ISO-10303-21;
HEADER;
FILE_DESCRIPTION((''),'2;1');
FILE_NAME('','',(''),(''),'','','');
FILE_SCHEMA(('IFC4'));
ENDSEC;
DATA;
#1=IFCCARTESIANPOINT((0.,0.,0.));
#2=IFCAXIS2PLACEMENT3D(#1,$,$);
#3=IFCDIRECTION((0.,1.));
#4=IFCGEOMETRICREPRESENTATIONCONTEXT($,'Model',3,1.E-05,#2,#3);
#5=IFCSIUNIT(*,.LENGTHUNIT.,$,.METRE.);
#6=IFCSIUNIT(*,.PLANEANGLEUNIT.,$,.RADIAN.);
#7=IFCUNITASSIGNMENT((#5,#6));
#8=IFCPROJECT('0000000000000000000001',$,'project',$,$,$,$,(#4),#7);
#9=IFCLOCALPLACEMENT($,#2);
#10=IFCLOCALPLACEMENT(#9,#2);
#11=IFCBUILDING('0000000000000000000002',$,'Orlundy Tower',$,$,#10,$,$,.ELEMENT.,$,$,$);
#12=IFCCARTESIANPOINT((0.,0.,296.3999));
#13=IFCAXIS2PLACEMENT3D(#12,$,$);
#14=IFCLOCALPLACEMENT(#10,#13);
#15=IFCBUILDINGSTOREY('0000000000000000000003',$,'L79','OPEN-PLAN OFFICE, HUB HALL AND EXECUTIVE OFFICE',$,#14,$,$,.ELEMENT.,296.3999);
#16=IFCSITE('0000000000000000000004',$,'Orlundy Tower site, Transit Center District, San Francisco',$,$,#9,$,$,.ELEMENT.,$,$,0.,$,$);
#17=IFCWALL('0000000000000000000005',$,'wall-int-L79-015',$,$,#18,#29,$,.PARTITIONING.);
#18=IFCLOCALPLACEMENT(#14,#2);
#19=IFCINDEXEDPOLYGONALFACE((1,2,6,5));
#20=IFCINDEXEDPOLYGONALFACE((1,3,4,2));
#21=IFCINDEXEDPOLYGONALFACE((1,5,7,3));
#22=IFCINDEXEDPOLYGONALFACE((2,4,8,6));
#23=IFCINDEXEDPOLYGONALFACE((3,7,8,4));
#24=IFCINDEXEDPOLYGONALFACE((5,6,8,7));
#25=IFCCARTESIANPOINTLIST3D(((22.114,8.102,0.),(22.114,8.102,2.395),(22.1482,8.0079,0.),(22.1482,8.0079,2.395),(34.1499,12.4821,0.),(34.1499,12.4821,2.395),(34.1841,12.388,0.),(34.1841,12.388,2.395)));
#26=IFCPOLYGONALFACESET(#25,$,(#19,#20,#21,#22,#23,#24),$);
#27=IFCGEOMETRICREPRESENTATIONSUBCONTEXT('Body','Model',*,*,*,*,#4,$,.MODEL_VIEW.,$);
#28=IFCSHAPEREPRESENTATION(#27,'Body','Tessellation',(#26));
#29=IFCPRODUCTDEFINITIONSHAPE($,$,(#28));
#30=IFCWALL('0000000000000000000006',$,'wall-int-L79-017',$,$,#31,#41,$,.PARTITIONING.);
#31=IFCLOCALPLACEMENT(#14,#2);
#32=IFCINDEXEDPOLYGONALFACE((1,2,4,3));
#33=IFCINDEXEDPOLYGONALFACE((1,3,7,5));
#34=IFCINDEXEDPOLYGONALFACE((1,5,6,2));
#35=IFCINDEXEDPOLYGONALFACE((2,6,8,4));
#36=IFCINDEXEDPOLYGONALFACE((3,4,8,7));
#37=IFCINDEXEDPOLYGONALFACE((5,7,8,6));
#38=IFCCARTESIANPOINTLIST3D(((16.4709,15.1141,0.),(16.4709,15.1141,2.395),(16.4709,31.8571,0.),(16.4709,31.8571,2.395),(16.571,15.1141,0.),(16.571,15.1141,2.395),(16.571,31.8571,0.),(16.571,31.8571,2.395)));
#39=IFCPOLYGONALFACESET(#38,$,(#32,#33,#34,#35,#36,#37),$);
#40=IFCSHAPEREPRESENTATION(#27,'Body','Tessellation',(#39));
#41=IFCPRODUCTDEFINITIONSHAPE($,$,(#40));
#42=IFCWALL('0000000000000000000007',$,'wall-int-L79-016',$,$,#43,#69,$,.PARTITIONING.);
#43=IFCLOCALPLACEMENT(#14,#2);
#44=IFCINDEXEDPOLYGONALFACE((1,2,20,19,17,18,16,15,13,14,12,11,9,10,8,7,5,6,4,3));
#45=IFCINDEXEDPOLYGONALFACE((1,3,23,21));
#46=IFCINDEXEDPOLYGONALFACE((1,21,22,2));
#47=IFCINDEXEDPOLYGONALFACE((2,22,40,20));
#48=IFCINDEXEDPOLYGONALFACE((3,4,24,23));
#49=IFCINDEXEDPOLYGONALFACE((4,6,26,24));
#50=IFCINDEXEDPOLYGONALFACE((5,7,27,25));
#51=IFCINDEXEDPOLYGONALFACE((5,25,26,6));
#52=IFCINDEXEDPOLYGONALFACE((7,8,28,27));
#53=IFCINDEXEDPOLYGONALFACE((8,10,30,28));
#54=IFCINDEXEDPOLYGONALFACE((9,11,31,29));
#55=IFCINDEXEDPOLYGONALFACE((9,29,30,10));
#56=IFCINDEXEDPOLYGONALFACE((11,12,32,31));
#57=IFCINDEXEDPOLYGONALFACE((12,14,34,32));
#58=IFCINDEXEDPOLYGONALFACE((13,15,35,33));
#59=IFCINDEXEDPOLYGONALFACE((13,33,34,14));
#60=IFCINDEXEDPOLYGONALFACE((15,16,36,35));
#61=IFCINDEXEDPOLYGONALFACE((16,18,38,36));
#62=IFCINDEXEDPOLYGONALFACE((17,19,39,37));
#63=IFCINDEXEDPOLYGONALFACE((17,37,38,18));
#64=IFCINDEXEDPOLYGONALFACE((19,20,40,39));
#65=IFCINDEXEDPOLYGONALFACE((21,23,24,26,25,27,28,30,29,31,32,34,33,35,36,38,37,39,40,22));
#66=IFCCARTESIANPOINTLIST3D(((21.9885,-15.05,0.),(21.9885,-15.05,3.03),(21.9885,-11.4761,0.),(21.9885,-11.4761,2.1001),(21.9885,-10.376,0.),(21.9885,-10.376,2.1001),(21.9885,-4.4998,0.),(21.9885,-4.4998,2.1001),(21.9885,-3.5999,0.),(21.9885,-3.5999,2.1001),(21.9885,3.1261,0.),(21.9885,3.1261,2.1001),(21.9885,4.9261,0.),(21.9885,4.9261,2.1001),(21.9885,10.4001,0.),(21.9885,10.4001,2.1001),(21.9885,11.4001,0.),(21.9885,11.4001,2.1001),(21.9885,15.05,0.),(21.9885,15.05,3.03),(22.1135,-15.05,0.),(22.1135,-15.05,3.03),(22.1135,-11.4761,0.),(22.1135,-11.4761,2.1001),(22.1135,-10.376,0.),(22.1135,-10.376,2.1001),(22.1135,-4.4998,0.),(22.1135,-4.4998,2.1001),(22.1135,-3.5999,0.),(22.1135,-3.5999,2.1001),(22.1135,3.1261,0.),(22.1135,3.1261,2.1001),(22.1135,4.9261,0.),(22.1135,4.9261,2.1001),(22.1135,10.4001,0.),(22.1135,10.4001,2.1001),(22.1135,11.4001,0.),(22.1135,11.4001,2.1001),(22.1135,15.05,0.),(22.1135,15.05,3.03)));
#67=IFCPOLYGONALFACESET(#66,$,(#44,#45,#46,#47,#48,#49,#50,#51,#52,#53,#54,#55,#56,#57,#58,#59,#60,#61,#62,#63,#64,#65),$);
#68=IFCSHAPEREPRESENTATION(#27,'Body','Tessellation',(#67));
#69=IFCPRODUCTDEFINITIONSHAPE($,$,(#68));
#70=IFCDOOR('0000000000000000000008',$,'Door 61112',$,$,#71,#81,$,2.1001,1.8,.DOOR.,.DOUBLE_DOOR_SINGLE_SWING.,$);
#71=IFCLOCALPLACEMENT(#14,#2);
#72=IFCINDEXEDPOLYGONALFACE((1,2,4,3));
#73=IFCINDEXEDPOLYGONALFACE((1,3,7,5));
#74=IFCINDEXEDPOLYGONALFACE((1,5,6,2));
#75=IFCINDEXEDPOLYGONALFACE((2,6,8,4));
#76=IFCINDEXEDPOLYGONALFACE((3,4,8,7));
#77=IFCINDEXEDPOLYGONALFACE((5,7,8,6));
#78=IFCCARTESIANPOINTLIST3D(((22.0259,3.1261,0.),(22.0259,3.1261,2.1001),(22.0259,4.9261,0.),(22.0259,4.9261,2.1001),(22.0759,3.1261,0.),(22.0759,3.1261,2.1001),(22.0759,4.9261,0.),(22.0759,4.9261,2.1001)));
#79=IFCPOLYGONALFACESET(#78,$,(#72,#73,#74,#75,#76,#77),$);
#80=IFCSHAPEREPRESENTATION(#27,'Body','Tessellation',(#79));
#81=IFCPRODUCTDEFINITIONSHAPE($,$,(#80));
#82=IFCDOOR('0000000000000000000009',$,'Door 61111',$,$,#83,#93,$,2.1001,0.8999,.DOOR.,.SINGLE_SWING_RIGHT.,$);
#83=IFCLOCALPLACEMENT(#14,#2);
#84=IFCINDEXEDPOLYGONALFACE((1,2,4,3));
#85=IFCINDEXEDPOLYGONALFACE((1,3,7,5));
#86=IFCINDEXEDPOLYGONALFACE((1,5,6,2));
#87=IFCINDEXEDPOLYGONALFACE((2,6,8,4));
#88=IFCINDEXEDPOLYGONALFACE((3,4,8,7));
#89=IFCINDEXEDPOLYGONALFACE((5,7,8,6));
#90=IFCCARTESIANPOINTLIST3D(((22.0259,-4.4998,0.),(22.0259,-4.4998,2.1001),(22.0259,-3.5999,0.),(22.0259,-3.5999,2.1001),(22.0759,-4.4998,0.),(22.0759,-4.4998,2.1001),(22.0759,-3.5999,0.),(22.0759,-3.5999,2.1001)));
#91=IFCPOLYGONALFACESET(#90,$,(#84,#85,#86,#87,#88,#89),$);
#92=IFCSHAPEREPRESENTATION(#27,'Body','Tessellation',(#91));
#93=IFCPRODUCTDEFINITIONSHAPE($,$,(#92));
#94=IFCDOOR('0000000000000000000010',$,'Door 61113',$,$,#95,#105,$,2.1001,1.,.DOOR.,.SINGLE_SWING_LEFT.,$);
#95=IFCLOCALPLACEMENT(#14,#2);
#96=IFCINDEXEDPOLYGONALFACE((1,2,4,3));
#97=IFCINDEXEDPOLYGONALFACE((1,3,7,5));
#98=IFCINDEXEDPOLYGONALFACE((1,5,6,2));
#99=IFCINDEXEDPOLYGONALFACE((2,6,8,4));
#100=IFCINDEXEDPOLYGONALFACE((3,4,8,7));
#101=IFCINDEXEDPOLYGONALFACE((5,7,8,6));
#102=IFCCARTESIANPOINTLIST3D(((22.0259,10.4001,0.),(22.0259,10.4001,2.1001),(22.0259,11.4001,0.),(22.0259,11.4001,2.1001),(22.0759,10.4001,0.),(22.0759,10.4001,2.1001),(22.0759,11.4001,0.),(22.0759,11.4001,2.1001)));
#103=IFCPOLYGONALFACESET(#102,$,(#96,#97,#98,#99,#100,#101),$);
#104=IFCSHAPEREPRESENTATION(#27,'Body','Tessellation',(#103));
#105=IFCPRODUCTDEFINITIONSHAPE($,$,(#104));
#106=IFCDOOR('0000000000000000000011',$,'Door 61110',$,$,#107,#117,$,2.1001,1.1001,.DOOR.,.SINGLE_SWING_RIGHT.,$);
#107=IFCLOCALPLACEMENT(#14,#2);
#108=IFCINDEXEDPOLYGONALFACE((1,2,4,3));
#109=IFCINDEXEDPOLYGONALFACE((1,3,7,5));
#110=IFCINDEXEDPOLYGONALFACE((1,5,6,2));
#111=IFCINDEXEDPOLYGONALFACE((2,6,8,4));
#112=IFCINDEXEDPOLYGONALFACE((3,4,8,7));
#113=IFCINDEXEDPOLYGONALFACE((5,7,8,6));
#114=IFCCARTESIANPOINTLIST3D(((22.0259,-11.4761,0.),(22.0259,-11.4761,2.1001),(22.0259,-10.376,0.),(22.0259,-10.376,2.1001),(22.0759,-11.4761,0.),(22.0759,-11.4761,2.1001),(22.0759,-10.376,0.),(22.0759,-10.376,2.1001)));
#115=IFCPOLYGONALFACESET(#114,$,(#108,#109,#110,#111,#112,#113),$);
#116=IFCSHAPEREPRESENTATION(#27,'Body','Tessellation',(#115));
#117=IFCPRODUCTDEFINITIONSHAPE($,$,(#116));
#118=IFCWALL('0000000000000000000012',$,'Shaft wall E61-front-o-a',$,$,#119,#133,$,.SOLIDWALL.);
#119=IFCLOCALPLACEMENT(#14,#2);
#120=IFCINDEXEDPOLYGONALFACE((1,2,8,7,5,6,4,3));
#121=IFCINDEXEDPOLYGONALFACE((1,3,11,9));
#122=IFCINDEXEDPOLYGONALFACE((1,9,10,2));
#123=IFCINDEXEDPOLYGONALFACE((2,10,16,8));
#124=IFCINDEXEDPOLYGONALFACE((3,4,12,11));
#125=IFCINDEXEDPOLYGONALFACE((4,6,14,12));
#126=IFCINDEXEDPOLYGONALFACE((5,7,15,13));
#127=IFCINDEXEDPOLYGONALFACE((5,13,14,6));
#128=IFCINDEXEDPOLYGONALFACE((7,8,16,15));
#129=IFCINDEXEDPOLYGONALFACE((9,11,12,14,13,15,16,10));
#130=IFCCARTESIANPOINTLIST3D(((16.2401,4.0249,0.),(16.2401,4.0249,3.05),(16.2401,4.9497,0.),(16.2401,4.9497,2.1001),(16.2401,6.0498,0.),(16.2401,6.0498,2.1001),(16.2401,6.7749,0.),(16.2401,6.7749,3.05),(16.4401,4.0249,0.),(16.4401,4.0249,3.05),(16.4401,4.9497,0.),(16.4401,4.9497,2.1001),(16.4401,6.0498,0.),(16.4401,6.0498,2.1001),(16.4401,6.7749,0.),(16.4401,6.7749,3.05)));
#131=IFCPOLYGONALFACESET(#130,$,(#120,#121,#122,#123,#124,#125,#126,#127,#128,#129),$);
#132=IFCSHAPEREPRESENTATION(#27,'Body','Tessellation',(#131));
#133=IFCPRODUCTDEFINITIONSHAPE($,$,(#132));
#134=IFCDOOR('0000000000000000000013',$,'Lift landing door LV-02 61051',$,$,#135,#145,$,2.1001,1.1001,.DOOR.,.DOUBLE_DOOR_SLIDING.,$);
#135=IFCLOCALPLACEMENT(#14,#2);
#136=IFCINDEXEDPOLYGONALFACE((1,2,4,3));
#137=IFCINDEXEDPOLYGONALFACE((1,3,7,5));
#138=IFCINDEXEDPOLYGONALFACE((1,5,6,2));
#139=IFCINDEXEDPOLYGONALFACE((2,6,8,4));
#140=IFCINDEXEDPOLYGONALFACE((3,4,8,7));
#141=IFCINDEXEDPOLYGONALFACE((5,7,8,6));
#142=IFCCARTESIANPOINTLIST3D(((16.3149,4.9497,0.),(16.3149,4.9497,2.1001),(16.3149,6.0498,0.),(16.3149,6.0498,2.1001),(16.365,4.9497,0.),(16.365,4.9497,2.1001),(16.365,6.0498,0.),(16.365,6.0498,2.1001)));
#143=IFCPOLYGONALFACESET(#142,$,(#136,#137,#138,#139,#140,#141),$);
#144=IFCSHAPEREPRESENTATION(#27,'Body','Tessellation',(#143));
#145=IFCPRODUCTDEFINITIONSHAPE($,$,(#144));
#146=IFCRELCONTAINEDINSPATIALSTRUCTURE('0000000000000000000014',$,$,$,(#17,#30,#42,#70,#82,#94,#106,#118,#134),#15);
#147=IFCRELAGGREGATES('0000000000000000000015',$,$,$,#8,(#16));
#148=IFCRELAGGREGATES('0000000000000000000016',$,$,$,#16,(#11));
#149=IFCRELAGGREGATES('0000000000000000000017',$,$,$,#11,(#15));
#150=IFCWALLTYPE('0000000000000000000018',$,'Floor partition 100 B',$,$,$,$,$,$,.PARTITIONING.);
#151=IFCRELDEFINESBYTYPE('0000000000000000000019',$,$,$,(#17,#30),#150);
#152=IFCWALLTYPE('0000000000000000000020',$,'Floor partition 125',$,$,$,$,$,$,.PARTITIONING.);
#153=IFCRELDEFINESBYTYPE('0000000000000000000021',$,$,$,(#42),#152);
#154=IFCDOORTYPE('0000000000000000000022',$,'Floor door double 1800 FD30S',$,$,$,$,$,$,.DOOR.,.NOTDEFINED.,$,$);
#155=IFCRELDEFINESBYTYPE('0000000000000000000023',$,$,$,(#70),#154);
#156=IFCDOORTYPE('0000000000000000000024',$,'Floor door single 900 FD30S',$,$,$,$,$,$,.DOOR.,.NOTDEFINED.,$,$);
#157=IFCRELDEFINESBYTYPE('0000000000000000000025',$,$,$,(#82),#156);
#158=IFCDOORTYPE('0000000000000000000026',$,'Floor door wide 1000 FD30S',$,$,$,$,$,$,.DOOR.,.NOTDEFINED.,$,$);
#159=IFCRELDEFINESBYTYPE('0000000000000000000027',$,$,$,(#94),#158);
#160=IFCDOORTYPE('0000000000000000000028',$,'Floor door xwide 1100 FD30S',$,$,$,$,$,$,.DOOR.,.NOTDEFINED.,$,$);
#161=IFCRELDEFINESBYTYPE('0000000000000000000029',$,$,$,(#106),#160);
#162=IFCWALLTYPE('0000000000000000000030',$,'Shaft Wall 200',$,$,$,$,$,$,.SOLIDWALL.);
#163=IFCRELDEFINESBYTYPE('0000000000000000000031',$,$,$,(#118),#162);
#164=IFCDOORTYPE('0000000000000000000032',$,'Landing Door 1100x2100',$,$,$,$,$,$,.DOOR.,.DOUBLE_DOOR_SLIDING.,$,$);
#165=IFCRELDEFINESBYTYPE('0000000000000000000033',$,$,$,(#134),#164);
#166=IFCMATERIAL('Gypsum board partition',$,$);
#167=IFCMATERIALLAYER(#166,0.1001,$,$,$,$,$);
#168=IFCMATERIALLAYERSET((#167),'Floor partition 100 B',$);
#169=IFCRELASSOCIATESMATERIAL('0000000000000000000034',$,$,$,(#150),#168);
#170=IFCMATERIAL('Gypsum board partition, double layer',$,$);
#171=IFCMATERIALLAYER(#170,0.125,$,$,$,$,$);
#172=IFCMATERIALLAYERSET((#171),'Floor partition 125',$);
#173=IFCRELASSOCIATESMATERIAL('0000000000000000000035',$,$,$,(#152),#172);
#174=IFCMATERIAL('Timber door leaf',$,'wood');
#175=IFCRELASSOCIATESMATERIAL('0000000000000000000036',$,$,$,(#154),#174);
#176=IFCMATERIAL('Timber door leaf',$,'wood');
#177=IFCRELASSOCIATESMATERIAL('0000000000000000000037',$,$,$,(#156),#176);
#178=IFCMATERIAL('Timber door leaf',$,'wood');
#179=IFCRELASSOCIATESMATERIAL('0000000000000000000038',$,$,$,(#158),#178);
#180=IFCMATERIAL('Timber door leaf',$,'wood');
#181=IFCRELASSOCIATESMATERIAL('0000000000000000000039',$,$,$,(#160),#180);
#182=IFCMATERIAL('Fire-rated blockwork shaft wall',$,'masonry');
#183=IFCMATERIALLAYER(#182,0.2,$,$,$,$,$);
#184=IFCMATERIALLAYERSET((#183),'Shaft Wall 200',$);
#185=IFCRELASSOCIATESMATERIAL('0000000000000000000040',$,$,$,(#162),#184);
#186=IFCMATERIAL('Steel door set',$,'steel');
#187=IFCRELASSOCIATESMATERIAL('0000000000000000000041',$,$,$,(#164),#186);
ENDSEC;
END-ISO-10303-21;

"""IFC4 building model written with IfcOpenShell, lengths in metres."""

from ifc_helpers import new_model, si_unit, direction, frame, frame_2d, origin, place, context, subcontext, project, spatial, rectangle, extrude, material, layer, layer_set, type_object, element, fill, save


model = new_model("IFC4")

# Units and contexts
model_context = context("Model", 3, precision=1e-05, world=origin(), true_north=direction((0.0, 1.0)))
body_context = subcontext(model_context, "Body", "Model", "MODEL_VIEW")
ifc_project = project(units=[si_unit("LENGTHUNIT", "METRE"), si_unit("PLANEANGLEUNIT", "RADIAN")], contexts=[model_context])

# Site, building, storey
site_placement = place(None, origin())
site = spatial("IfcSite", under=ifc_project, at=site_placement, Name="Orlundy Tower site, Transit Center District, San Francisco", CompositionType="ELEMENT", RefElevation=0.0)
building_placement = place(site_placement, origin())
building = spatial("IfcBuilding", under=site, at=building_placement, Name="Orlundy Tower", CompositionType="ELEMENT")
storey_placement = place(building_placement, frame((0.0, 0.0, 296.3999)))
storey = spatial("IfcBuildingStorey", under=building, at=storey_placement, Name="L79", Description="OPEN-PLAN OFFICE, HUB HALL AND EXECUTIVE OFFICE", CompositionType="ELEMENT", Elevation=296.3999)

# Walls
ifc_material_1 = material(Name="Gypsum board partition")
ifc_layer_1 = layer(ifc_material_1, 0.1001)
ifc_layer_set_1 = layer_set([ifc_layer_1], Name="Floor partition 100 B")
wall_type_1 = type_object("IfcWallType", Name="Floor partition 100 B", PredefinedType="PARTITIONING", material=ifc_layer_set_1)
wall_1_placement = place(storey_placement, frame((22.1311, 8.0549, 0.0), z_axis=(0.0, 0.0, 1.0), x_axis=(0.939707, 0.34198, 0.0)))
element("IfcWall", 1, at=wall_1_placement, inside=storey, type_object=wall_type_1, Name="wall-int-L79-015", PredefinedType="PARTITIONING", context=body_context, shape_type="SweptSolid", body=[
    extrude(rectangle(XDim=12.8081, YDim=0.1001, at=frame_2d((6.4041, 0.0))), origin(), (0.0, 0.0, 1.0), 2.395),
])
wall_2_placement = place(storey_placement, frame((16.521, 15.114, 0.0), z_axis=(0.0, 0.0, 1.0), x_axis=(0.0, 1.0, 0.0)))
element("IfcWall", 2, at=wall_2_placement, inside=storey, type_object=wall_type_1, Name="wall-int-L79-017", PredefinedType="PARTITIONING", context=body_context, shape_type="SweptSolid", body=[
    extrude(rectangle(XDim=16.7429, YDim=0.1001, at=frame_2d((8.3716, 0.0))), origin(), (0.0, 0.0, 1.0), 2.395),
])

# Wall, openings, doors
ifc_material_2 = material(Name="Gypsum board partition, double layer")
ifc_layer_2 = layer(ifc_material_2, 0.125)
ifc_layer_set_2 = layer_set([ifc_layer_2], Name="Floor partition 125")
wall_type_2 = type_object("IfcWallType", Name="Floor partition 125", PredefinedType="PARTITIONING", material=ifc_layer_set_2)
wall_3_placement = place(storey_placement, frame((22.051, 15.05, 0.0), z_axis=(0.0, 0.0, 1.0), x_axis=(0.0, -1.0, 0.0)))
wall_3 = element("IfcWall", 3, at=wall_3_placement, inside=storey, type_object=wall_type_2, Name="wall-int-L79-016", PredefinedType="PARTITIONING", context=body_context, shape_type="SweptSolid", body=[
    extrude(rectangle(XDim=30.1001, YDim=0.125, at=frame_2d((15.05, 0.0))), origin(), (0.0, 0.0, 1.0), 3.03),
])
opening_1_placement = place(wall_3_placement, frame((25.426, 0.0, 0.0)))
opening_1 = element("IfcOpeningElement", 4, at=opening_1_placement, cuts=wall_3, PredefinedType="OPENING", context=body_context, shape_type="SweptSolid", body=[
    extrude(rectangle(XDim=1.1001, YDim=2.1001, at=frame_2d((0.55, 1.05))), frame((0.0, 0.0725, 0.0), z_axis=(0.0, -1.0, 0.0), x_axis=(1.0, 0.0, 0.0)), (0.0, 0.0, 1.0), 0.145),
])
opening_2_placement = place(wall_3_placement, frame((18.6499, 0.0, 0.0)))
opening_2 = element("IfcOpeningElement", 5, at=opening_2_placement, cuts=wall_3, PredefinedType="OPENING", context=body_context, shape_type="SweptSolid", body=[
    extrude(rectangle(XDim=0.8999, YDim=2.1001, at=frame_2d((0.45, 1.05))), frame((0.0, 0.0725, 0.0), z_axis=(0.0, -1.0, 0.0), x_axis=(1.0, 0.0, 0.0)), (0.0, 0.0, 1.0), 0.145),
])
opening_3_placement = place(wall_3_placement, frame((10.124, 0.0, 0.0)))
opening_3 = element("IfcOpeningElement", 6, at=opening_3_placement, cuts=wall_3, PredefinedType="OPENING", context=body_context, shape_type="SweptSolid", body=[
    extrude(rectangle(XDim=1.8, YDim=2.1001, at=frame_2d((0.8999, 1.05))), frame((0.0, 0.0725, 0.0), z_axis=(0.0, -1.0, 0.0), x_axis=(1.0, 0.0, 0.0)), (0.0, 0.0, 1.0), 0.145),
])
opening_4_placement = place(wall_3_placement, frame((3.6499, 0.0, 0.0)))
opening_4 = element("IfcOpeningElement", 7, at=opening_4_placement, cuts=wall_3, PredefinedType="OPENING", context=body_context, shape_type="SweptSolid", body=[
    extrude(rectangle(XDim=1.0, YDim=2.1001, at=frame_2d((0.5, 1.05))), frame((0.0, 0.0725, 0.0), z_axis=(0.0, -1.0, 0.0), x_axis=(1.0, 0.0, 0.0)), (0.0, 0.0, 1.0), 0.145),
])
ifc_material_3 = material(Name="Timber door leaf", Category="wood")
door_type_1 = type_object("IfcDoorType", Name="Floor door double 1800 FD30S", OperationType="NOTDEFINED", PredefinedType="DOOR", material=ifc_material_3)
door_1_placement = place(opening_3_placement, origin())
door_1 = element("IfcDoor", 8, at=door_1_placement, inside=storey, type_object=door_type_1, Name="Door 61112", OperationType="DOUBLE_DOOR_SINGLE_SWING", OverallHeight=2.1001, OverallWidth=1.8, PredefinedType="DOOR", context=body_context, shape_type="SweptSolid", body=[
    extrude(rectangle(XDim=1.8, YDim=2.1001, at=frame_2d((0.8999, 1.05))), frame((0.0, 0.0249, 0.0), z_axis=(0.0, -1.0, 0.0), x_axis=(1.0, 0.0, 0.0)), (0.0, 0.0, 1.0), 0.05),
])
fill(opening_3, door_1)
ifc_material_4 = material(Name="Timber door leaf", Category="wood")
door_type_2 = type_object("IfcDoorType", Name="Floor door single 900 FD30S", OperationType="NOTDEFINED", PredefinedType="DOOR", material=ifc_material_4)
door_2_placement = place(opening_2_placement, origin())
door_2 = element("IfcDoor", 9, at=door_2_placement, inside=storey, type_object=door_type_2, Name="Door 61111", OperationType="SINGLE_SWING_RIGHT", OverallHeight=2.1001, OverallWidth=0.8999, PredefinedType="DOOR", context=body_context, shape_type="SweptSolid", body=[
    extrude(rectangle(XDim=0.8999, YDim=2.1001, at=frame_2d((0.45, 1.05))), frame((0.0, 0.0249, 0.0), z_axis=(0.0, -1.0, 0.0), x_axis=(1.0, 0.0, 0.0)), (0.0, 0.0, 1.0), 0.05),
])
fill(opening_2, door_2)
ifc_material_5 = material(Name="Timber door leaf", Category="wood")
door_type_3 = type_object("IfcDoorType", Name="Floor door wide 1000 FD30S", OperationType="NOTDEFINED", PredefinedType="DOOR", material=ifc_material_5)
door_3_placement = place(opening_4_placement, origin())
door_3 = element("IfcDoor", 10, at=door_3_placement, inside=storey, type_object=door_type_3, Name="Door 61113", OperationType="SINGLE_SWING_LEFT", OverallHeight=2.1001, OverallWidth=1.0, PredefinedType="DOOR", context=body_context, shape_type="SweptSolid", body=[
    extrude(rectangle(XDim=1.0, YDim=2.1001, at=frame_2d((0.5, 1.05))), frame((0.0, 0.0249, 0.0), z_axis=(0.0, -1.0, 0.0), x_axis=(1.0, 0.0, 0.0)), (0.0, 0.0, 1.0), 0.05),
])
fill(opening_4, door_3)
ifc_material_6 = material(Name="Timber door leaf", Category="wood")
door_type_4 = type_object("IfcDoorType", Name="Floor door xwide 1100 FD30S", OperationType="NOTDEFINED", PredefinedType="DOOR", material=ifc_material_6)
door_4_placement = place(opening_1_placement, origin())
door_4 = element("IfcDoor", 11, at=door_4_placement, inside=storey, type_object=door_type_4, Name="Door 61110", OperationType="SINGLE_SWING_RIGHT", OverallHeight=2.1001, OverallWidth=1.1001, PredefinedType="DOOR", context=body_context, shape_type="SweptSolid", body=[
    extrude(rectangle(XDim=1.1001, YDim=2.1001, at=frame_2d((0.55, 1.05))), frame((0.0, 0.0249, 0.0), z_axis=(0.0, -1.0, 0.0), x_axis=(1.0, 0.0, 0.0)), (0.0, 0.0, 1.0), 0.05),
])
fill(opening_1, door_4)

# Wall, opening, door
ifc_material_7 = material(Name="Fire-rated blockwork shaft wall", Category="masonry")
ifc_layer_3 = layer(ifc_material_7, 0.2)
ifc_layer_set_3 = layer_set([ifc_layer_3], Name="Shaft Wall 200")
wall_type_3 = type_object("IfcWallType", Name="Shaft Wall 200", PredefinedType="SOLIDWALL", material=ifc_layer_set_3)
wall_4_placement = place(storey_placement, frame((16.3401, 6.7749, 0.0), z_axis=(0.0, 0.0, 1.0), x_axis=(0.0, -1.0, 0.0)))
wall_4 = element("IfcWall", 12, at=wall_4_placement, inside=storey, type_object=wall_type_3, Name="Shaft wall E61-front-o-a", PredefinedType="SOLIDWALL", context=body_context, shape_type="SweptSolid", body=[
    extrude(rectangle(XDim=2.75, YDim=0.2, at=frame_2d((1.375, 0.0))), origin(), (0.0, 0.0, 1.0), 3.05),
])
opening_5_placement = place(wall_4_placement, frame((0.7251, 0.0, 0.0)))
opening_5 = element("IfcOpeningElement", 13, at=opening_5_placement, cuts=wall_4, PredefinedType="OPENING", context=body_context, shape_type="SweptSolid", body=[
    extrude(rectangle(XDim=1.1001, YDim=2.1001, at=frame_2d((0.55, 1.05))), frame((0.0, 0.1101, 0.0), z_axis=(0.0, -1.0, 0.0), x_axis=(1.0, 0.0, 0.0)), (0.0, 0.0, 1.0), 0.2202),
])
ifc_material_8 = material(Name="Steel door set", Category="steel")
door_type_5 = type_object("IfcDoorType", Name="Landing Door 1100x2100", OperationType="DOUBLE_DOOR_SLIDING", PredefinedType="DOOR", material=ifc_material_8)
door_5_placement = place(opening_5_placement, origin())
door_5 = element("IfcDoor", 14, at=door_5_placement, inside=storey, type_object=door_type_5, Name="Lift landing door LV-02 61051", OperationType="DOUBLE_DOOR_SLIDING", OverallHeight=2.1001, OverallWidth=1.1001, PredefinedType="DOOR", context=body_context, shape_type="SweptSolid", body=[
    extrude(rectangle(XDim=1.1001, YDim=2.1001, at=frame_2d((0.55, 1.05))), frame((0.0, 0.0249, 0.0), z_axis=(0.0, -1.0, 0.0), x_axis=(1.0, 0.0, 0.0)), (0.0, 0.0, 1.0), 0.05),
])
fill(opening_5, door_5)

save(model, "model.ifc")
